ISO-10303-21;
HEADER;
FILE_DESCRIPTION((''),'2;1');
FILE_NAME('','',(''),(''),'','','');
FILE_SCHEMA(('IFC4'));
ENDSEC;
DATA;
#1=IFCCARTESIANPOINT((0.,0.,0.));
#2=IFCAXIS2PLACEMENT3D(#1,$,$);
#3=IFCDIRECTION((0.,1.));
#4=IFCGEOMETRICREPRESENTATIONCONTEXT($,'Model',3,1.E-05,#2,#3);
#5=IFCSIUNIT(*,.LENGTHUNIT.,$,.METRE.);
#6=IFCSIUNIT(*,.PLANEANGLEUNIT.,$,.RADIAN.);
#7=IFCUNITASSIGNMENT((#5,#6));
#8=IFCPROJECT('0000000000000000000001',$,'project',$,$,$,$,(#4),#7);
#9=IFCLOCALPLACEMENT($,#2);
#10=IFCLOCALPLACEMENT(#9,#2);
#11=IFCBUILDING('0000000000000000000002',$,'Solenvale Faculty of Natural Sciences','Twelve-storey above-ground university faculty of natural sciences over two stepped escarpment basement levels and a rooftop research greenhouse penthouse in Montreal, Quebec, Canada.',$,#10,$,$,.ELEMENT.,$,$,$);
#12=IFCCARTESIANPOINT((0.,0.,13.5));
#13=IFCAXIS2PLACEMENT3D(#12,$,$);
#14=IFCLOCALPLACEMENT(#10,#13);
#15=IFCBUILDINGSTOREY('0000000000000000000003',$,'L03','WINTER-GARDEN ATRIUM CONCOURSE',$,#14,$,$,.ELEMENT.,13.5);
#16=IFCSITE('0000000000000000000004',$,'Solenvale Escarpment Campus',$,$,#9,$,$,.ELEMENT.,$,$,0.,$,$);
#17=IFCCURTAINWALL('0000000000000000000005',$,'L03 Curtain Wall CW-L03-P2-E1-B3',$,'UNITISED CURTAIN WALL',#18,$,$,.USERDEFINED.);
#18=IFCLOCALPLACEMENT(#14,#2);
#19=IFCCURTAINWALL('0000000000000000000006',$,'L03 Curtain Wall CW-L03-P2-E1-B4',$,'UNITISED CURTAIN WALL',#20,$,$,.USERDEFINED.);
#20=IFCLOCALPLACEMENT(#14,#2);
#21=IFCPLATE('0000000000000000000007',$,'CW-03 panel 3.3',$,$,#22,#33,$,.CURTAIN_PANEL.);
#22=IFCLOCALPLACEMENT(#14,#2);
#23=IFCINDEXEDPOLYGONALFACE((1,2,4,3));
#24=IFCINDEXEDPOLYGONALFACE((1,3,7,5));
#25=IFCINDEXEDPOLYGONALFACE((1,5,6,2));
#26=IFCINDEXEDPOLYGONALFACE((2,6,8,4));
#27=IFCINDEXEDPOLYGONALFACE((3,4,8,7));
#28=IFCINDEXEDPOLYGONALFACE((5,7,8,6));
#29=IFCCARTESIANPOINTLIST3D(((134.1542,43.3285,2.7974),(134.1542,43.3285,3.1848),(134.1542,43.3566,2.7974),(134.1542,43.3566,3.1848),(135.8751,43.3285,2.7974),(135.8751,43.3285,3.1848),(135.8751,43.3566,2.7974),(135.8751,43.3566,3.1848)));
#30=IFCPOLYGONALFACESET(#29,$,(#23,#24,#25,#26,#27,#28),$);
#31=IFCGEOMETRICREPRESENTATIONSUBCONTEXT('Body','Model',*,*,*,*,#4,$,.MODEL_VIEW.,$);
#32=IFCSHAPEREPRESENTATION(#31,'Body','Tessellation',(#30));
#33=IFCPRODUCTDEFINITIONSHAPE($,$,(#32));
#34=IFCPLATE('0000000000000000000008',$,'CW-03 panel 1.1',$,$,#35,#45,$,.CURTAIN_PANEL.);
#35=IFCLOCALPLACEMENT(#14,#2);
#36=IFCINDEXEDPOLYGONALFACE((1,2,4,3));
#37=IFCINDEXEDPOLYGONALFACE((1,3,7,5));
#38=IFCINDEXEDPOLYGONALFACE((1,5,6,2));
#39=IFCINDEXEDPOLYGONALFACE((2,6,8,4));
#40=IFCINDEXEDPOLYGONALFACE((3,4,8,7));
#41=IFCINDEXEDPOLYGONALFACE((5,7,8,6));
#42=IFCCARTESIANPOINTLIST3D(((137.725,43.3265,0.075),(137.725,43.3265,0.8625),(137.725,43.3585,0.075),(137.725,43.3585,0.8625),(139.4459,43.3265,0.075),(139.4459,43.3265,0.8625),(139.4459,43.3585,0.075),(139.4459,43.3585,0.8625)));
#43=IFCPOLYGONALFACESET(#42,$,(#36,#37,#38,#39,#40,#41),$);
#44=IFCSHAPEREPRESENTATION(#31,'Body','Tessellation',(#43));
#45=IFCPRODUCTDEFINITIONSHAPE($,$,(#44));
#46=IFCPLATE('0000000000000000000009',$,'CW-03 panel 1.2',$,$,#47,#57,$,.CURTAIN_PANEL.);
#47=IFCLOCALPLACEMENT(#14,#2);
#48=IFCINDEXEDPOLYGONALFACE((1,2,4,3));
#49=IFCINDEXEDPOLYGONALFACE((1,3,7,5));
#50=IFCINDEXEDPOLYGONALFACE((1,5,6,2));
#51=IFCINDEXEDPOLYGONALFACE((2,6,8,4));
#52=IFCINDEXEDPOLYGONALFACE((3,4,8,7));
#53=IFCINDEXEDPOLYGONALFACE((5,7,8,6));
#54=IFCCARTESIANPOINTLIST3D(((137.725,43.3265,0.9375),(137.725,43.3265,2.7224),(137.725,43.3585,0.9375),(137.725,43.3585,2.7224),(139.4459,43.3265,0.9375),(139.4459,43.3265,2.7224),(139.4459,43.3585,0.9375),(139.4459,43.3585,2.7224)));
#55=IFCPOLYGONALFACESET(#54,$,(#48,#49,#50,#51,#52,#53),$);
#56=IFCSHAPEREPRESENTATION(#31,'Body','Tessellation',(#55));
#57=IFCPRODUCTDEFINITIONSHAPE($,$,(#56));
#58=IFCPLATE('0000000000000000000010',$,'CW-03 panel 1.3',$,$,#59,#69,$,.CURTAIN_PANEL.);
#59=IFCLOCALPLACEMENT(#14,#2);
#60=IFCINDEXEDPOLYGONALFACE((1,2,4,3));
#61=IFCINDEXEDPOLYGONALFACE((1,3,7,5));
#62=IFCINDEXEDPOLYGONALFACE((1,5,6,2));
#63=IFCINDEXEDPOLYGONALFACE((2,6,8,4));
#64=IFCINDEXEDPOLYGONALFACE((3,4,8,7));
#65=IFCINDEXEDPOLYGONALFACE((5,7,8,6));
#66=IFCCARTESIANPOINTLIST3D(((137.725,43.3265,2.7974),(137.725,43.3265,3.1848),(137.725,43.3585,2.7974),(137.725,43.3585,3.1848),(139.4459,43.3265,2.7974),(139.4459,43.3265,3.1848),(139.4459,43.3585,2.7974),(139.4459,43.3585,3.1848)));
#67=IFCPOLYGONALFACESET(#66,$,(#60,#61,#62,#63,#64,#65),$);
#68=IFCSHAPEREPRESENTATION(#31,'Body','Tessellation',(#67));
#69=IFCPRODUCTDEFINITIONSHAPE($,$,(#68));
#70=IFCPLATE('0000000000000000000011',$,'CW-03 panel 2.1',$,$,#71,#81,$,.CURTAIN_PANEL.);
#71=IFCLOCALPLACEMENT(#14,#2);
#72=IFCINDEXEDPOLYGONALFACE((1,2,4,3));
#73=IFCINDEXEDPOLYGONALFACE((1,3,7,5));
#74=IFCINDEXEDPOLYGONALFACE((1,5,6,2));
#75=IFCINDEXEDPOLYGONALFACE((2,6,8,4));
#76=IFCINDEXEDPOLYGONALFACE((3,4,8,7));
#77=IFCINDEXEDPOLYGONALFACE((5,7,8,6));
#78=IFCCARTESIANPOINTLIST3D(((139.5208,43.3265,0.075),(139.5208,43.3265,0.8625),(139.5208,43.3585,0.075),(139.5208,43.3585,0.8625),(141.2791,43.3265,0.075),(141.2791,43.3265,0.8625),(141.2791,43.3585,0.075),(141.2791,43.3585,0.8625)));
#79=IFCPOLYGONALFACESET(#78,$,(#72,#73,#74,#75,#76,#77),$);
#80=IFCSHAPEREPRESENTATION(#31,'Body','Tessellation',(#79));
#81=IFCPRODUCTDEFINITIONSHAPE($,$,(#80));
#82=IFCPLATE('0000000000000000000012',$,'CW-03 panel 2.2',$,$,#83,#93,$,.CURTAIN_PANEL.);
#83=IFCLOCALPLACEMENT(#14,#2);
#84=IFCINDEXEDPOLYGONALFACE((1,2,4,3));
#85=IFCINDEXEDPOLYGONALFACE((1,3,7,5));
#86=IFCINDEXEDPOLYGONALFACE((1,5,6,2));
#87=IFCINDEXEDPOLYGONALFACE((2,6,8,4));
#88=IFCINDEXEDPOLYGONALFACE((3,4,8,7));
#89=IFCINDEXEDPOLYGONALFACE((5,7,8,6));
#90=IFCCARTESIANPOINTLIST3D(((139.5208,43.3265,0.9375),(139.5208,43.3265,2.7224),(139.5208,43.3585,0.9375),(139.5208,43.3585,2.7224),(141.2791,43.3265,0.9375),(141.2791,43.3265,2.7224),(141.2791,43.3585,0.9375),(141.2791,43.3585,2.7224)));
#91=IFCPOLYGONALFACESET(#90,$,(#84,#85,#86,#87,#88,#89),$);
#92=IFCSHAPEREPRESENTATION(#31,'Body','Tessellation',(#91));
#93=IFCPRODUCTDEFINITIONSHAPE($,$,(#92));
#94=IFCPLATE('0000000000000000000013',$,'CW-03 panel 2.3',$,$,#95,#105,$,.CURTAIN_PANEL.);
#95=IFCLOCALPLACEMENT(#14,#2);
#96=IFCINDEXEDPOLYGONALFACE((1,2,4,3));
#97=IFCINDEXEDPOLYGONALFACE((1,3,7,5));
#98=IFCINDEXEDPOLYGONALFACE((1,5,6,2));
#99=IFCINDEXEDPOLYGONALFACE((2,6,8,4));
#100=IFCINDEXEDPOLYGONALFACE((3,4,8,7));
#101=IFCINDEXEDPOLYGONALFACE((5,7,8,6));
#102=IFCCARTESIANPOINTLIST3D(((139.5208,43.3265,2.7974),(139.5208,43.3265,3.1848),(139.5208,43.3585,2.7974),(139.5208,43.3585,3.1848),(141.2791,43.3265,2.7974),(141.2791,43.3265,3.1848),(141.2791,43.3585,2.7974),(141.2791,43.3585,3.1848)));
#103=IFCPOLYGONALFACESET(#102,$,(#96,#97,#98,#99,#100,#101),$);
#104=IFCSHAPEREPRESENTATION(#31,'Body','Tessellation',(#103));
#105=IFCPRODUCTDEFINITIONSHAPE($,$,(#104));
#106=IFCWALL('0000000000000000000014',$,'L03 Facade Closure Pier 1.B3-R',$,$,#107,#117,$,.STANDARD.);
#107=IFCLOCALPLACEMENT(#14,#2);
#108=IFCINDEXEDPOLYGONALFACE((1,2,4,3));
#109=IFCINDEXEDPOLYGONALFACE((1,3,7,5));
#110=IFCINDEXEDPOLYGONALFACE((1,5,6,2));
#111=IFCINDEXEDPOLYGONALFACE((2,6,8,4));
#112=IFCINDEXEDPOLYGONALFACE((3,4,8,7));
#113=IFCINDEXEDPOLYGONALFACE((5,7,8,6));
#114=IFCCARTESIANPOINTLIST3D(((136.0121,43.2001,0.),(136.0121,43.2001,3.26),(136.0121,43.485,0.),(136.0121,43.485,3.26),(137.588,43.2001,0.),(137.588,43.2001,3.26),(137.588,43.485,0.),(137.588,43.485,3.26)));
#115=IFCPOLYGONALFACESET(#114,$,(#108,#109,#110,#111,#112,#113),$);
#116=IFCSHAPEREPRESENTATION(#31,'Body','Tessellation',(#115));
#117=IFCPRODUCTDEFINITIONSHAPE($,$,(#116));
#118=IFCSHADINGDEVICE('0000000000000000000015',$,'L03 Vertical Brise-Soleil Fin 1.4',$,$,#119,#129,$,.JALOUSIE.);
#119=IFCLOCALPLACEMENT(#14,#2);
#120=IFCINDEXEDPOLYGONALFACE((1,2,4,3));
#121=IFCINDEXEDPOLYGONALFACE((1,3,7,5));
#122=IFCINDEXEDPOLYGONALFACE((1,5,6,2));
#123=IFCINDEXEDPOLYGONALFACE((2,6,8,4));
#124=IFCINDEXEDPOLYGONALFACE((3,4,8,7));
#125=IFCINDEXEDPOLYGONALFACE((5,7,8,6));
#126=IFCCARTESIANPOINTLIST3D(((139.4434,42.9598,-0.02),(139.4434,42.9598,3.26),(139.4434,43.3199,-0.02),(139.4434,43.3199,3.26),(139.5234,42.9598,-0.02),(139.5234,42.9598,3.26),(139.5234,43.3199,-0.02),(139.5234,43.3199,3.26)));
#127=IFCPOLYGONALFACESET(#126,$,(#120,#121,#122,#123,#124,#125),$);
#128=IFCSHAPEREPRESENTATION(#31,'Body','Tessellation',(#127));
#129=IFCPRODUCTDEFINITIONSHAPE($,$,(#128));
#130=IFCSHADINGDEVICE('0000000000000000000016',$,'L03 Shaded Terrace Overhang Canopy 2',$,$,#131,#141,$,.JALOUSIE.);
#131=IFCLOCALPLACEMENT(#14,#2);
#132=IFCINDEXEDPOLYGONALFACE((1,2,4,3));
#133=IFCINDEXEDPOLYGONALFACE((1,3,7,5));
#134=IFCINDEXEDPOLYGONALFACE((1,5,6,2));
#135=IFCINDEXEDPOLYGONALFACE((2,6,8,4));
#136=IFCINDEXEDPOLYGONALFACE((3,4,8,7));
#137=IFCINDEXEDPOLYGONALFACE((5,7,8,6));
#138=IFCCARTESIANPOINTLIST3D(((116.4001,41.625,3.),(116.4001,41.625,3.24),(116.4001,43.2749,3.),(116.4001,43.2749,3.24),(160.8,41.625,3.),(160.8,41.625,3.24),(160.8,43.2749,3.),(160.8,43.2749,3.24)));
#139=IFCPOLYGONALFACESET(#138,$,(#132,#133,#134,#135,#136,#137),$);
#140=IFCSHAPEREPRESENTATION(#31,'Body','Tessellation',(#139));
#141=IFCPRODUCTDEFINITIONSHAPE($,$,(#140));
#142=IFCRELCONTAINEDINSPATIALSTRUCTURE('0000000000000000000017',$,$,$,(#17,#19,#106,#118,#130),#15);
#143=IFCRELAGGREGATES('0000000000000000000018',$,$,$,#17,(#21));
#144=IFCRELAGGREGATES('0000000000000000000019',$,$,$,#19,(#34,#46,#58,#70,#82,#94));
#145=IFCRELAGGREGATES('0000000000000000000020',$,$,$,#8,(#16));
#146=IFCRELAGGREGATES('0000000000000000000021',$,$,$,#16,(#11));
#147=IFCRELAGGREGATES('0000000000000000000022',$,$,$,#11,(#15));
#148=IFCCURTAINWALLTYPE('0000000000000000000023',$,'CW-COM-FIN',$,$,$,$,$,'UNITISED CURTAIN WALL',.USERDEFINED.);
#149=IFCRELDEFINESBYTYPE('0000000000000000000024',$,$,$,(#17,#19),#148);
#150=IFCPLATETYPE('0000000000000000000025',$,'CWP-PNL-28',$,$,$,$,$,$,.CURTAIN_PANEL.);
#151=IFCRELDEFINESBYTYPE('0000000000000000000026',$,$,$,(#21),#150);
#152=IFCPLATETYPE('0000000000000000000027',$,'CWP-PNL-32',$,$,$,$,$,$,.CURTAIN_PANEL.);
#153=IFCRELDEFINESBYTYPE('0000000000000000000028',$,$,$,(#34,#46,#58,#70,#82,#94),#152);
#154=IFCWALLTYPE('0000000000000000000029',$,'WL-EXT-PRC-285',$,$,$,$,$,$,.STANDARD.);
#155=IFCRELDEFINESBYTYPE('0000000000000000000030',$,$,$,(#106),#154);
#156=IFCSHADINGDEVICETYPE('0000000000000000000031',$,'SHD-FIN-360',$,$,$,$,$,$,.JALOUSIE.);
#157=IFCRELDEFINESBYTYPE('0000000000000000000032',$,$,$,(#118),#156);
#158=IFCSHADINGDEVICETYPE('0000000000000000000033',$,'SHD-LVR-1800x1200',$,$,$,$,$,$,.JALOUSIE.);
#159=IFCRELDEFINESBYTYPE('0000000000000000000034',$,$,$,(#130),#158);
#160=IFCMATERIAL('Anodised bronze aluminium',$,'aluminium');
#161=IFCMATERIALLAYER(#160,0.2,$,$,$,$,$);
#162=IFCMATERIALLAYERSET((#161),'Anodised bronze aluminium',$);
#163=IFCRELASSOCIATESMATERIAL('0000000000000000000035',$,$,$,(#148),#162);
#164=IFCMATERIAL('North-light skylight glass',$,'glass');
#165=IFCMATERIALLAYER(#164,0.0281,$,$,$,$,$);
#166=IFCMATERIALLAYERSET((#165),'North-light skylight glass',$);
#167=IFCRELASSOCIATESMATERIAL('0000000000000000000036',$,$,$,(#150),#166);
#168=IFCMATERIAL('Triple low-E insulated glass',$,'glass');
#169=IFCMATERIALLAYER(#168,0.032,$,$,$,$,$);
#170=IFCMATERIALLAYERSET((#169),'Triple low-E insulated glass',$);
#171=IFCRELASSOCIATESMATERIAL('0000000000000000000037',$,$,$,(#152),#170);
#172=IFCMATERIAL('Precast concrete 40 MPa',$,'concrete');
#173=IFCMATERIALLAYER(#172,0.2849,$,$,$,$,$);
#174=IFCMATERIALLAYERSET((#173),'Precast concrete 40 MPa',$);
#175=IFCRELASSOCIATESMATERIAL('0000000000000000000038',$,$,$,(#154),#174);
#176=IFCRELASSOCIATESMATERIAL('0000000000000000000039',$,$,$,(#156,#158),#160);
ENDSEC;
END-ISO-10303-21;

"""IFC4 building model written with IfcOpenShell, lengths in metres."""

from ifc_helpers import new_model, si_unit, direction, frame, frame_2d, origin, origin_2d, place, context, subcontext, project, spatial, rectangle, extrude, material, layer, layer_set, material_profile, profile_set, type_object, element, aggregate, save


model = new_model("IFC4")

# Units and contexts
model_context = context("Model", 3, precision=1e-05, world=origin(), true_north=direction((0.0, 1.0)))
body_context = subcontext(model_context, "Body", "Model", "MODEL_VIEW")
ifc_project = project(units=[si_unit("LENGTHUNIT", "METRE"), si_unit("PLANEANGLEUNIT", "RADIAN")], contexts=[model_context])

# Site, building, storey
site_placement = place(None, origin())
site = spatial("IfcSite", under=ifc_project, at=site_placement, Name="Solenvale Escarpment Campus", CompositionType="ELEMENT", RefElevation=0.0)
building_placement = place(site_placement, origin())
building = spatial("IfcBuilding", under=site, at=building_placement, Name="Solenvale Faculty of Natural Sciences", Description="Twelve-storey above-ground university faculty of natural sciences over two stepped escarpment basement levels and a rooftop research greenhouse penthouse in Montreal, Quebec, Canada.", CompositionType="ELEMENT")
storey_placement = place(building_placement, frame((0.0, 0.0, 13.5)))
storey = spatial("IfcBuildingStorey", under=building, at=storey_placement, Name="L03", Description="WINTER-GARDEN ATRIUM CONCOURSE", CompositionType="ELEMENT", Elevation=13.5)

# Curtain wall
ifc_material_1 = material(Name="Anodised bronze aluminium", Category="aluminium")
ifc_layer_1 = layer(ifc_material_1, 0.2)
ifc_layer_set_1 = layer_set([ifc_layer_1], Name="Anodised bronze aluminium")
curtain_wall_type = type_object("IfcCurtainWallType", Name="CW-COM-FIN", ElementType="UNITISED CURTAIN WALL", PredefinedType="USERDEFINED", material=ifc_layer_set_1)
curtain_wall_1_placement = place(storey_placement, origin())
curtain_wall_1 = element("IfcCurtainWall", 1, at=curtain_wall_1_placement, inside=storey, type_object=curtain_wall_type, Name="L03 Curtain Wall CW-L03-P2-E1-B3", ObjectType="UNITISED CURTAIN WALL", PredefinedType="USERDEFINED")

# Curtain wall
curtain_wall_2_placement = place(storey_placement, origin())
curtain_wall_2 = element("IfcCurtainWall", 2, at=curtain_wall_2_placement, inside=storey, type_object=curtain_wall_type, Name="L03 Curtain Wall CW-L03-P2-E1-B4", ObjectType="UNITISED CURTAIN WALL", PredefinedType="USERDEFINED")

# Plates
ifc_material_2 = material(Name="North-light skylight glass", Category="glass")
ifc_layer_2 = layer(ifc_material_2, 0.0281)
ifc_layer_set_2 = layer_set([ifc_layer_2], Name="North-light skylight glass")
plate_type_1 = type_object("IfcPlateType", Name="CWP-PNL-28", PredefinedType="CURTAIN_PANEL", material=ifc_layer_set_2)
plate_1_placement = place(storey_placement, frame((135.0146, 43.3425, 2.7974), z_axis=(0.0, 0.0, 1.0), x_axis=(1.0, 0.0, 0.0)))
plate_1 = element("IfcPlate", 3, at=plate_1_placement, type_object=plate_type_1, Name="CW-03 panel 3.3", PredefinedType="CURTAIN_PANEL", context=body_context, shape_type="SweptSolid", body=[
    extrude(rectangle(XDim=1.7209, YDim=0.0281, at=origin_2d()), origin(), (0.0, 0.0, 1.0), 0.3875),
])
aggregate(curtain_wall_1, [plate_1])
ifc_material_3 = material(Name="Triple low-E insulated glass", Category="glass")
ifc_layer_3 = layer(ifc_material_3, 0.032)
ifc_layer_set_3 = layer_set([ifc_layer_3], Name="Triple low-E insulated glass")
plate_type_2 = type_object("IfcPlateType", Name="CWP-PNL-32", PredefinedType="CURTAIN_PANEL", material=ifc_layer_set_3)
plate_2_placement = place(storey_placement, frame((138.5854, 43.3425, 0.075), z_axis=(0.0, 0.0, 1.0), x_axis=(1.0, 0.0, 0.0)))
plate_2 = element("IfcPlate", 4, at=plate_2_placement, type_object=plate_type_2, Name="CW-03 panel 1.1", PredefinedType="CURTAIN_PANEL", context=body_context, shape_type="SweptSolid", body=[
    extrude(rectangle(XDim=1.7209, YDim=0.032, at=origin_2d()), origin(), (0.0, 0.0, 1.0), 0.7876),
])
plate_3_placement = place(storey_placement, frame((138.5854, 43.3425, 0.9375), z_axis=(0.0, 0.0, 1.0), x_axis=(1.0, 0.0, 0.0)))
plate_3 = element("IfcPlate", 5, at=plate_3_placement, type_object=plate_type_2, Name="CW-03 panel 1.2", PredefinedType="CURTAIN_PANEL", context=body_context, shape_type="SweptSolid", body=[
    extrude(rectangle(XDim=1.7209, YDim=0.032, at=origin_2d()), origin(), (0.0, 0.0, 1.0), 1.7849),
])
plate_4_placement = place(storey_placement, frame((138.5854, 43.3425, 2.7974), z_axis=(0.0, 0.0, 1.0), x_axis=(1.0, 0.0, 0.0)))
plate_4 = element("IfcPlate", 6, at=plate_4_placement, type_object=plate_type_2, Name="CW-03 panel 1.3", PredefinedType="CURTAIN_PANEL", context=body_context, shape_type="SweptSolid", body=[
    extrude(rectangle(XDim=1.7209, YDim=0.032, at=origin_2d()), origin(), (0.0, 0.0, 1.0), 0.3875),
])
plate_5_placement = place(storey_placement, frame((140.3999, 43.3425, 0.075), z_axis=(0.0, 0.0, 1.0), x_axis=(1.0, 0.0, 0.0)))
plate_5 = element("IfcPlate", 7, at=plate_5_placement, type_object=plate_type_2, Name="CW-03 panel 2.1", PredefinedType="CURTAIN_PANEL", context=body_context, shape_type="SweptSolid", body=[
    extrude(rectangle(XDim=1.7583, YDim=0.032, at=origin_2d()), origin(), (0.0, 0.0, 1.0), 0.7876),
])
plate_6_placement = place(storey_placement, frame((140.3999, 43.3425, 0.9375), z_axis=(0.0, 0.0, 1.0), x_axis=(1.0, 0.0, 0.0)))
plate_6 = element("IfcPlate", 8, at=plate_6_placement, type_object=plate_type_2, Name="CW-03 panel 2.2", PredefinedType="CURTAIN_PANEL", context=body_context, shape_type="SweptSolid", body=[
    extrude(rectangle(XDim=1.7583, YDim=0.032, at=origin_2d()), origin(), (0.0, 0.0, 1.0), 1.7849),
])
plate_7_placement = place(storey_placement, frame((140.3999, 43.3425, 2.7974), z_axis=(0.0, 0.0, 1.0), x_axis=(1.0, 0.0, 0.0)))
plate_7 = element("IfcPlate", 9, at=plate_7_placement, type_object=plate_type_2, Name="CW-03 panel 2.3", PredefinedType="CURTAIN_PANEL", context=body_context, shape_type="SweptSolid", body=[
    extrude(rectangle(XDim=1.7583, YDim=0.032, at=origin_2d()), origin(), (0.0, 0.0, 1.0), 0.3875),
])
aggregate(curtain_wall_2, [plate_2, plate_3, plate_4, plate_5, plate_6, plate_7])

# Wall
ifc_material_4 = material(Name="Precast concrete 40 MPa", Category="concrete")
ifc_layer_4 = layer(ifc_material_4, 0.2849)
ifc_layer_set_4 = layer_set([ifc_layer_4], Name="Precast concrete 40 MPa")
wall_type = type_object("IfcWallType", Name="WL-EXT-PRC-285", PredefinedType="STANDARD", material=ifc_layer_set_4)
wall_placement = place(storey_placement, frame((136.012, 43.3425, 0.0), z_axis=(0.0, 0.0, 1.0), x_axis=(1.0, 0.0, 0.0)))
element("IfcWall", 10, at=wall_placement, inside=storey, type_object=wall_type, Name="L03 Facade Closure Pier 1.B3-R", PredefinedType="STANDARD", context=body_context, shape_type="SweptSolid", body=[
    extrude(rectangle(XDim=1.5759, YDim=0.2849, at=frame_2d((0.7881, 0.0))), origin(), (0.0, 0.0, 1.0), 3.26),
])

# Shading devices
ifc_material_profile_1 = material_profile(ifc_material_1, rectangle(XDim=0.0801, YDim=0.3601, at=origin_2d()), Name="ALU-FIN-80x360")
ifc_profile_set_1 = profile_set([ifc_material_profile_1], Name="Anodised bronze aluminium")
shading_device_type_1 = type_object("IfcShadingDeviceType", Name="SHD-FIN-360", PredefinedType="JALOUSIE", material=ifc_profile_set_1)
shading_device_1_placement = place(storey_placement, frame((139.4834, 43.1399, -0.02), z_axis=(0.0, 0.0, 1.0), x_axis=(1.0, 0.0, 0.0)))
element("IfcShadingDevice", 11, at=shading_device_1_placement, inside=storey, type_object=shading_device_type_1, Name="L03 Vertical Brise-Soleil Fin 1.4", PredefinedType="JALOUSIE", context=body_context, shape_type="SweptSolid", body=[
    extrude(rectangle(XDim=0.0801, YDim=0.3601, at=origin_2d()), origin(), (0.0, 0.0, 1.0), 3.28),
])
shading_device_type_2 = type_object("IfcShadingDeviceType", Name="SHD-LVR-1800x1200", PredefinedType="JALOUSIE", material=ifc_material_1)
shading_device_2_placement = place(storey_placement, frame((138.6001, 42.45, 3.0), z_axis=(0.0, 0.0, 1.0), x_axis=(1.0, 0.0, 0.0)))
element("IfcShadingDevice", 12, at=shading_device_2_placement, inside=storey, type_object=shading_device_type_2, Name="L03 Shaded Terrace Overhang Canopy 2", PredefinedType="JALOUSIE", context=body_context, shape_type="SweptSolid", body=[
    extrude(rectangle(XDim=44.3999, YDim=1.6499, at=origin_2d()), origin(), (0.0, 0.0, 1.0), 0.24),
])

save(model, "model.ifc")
